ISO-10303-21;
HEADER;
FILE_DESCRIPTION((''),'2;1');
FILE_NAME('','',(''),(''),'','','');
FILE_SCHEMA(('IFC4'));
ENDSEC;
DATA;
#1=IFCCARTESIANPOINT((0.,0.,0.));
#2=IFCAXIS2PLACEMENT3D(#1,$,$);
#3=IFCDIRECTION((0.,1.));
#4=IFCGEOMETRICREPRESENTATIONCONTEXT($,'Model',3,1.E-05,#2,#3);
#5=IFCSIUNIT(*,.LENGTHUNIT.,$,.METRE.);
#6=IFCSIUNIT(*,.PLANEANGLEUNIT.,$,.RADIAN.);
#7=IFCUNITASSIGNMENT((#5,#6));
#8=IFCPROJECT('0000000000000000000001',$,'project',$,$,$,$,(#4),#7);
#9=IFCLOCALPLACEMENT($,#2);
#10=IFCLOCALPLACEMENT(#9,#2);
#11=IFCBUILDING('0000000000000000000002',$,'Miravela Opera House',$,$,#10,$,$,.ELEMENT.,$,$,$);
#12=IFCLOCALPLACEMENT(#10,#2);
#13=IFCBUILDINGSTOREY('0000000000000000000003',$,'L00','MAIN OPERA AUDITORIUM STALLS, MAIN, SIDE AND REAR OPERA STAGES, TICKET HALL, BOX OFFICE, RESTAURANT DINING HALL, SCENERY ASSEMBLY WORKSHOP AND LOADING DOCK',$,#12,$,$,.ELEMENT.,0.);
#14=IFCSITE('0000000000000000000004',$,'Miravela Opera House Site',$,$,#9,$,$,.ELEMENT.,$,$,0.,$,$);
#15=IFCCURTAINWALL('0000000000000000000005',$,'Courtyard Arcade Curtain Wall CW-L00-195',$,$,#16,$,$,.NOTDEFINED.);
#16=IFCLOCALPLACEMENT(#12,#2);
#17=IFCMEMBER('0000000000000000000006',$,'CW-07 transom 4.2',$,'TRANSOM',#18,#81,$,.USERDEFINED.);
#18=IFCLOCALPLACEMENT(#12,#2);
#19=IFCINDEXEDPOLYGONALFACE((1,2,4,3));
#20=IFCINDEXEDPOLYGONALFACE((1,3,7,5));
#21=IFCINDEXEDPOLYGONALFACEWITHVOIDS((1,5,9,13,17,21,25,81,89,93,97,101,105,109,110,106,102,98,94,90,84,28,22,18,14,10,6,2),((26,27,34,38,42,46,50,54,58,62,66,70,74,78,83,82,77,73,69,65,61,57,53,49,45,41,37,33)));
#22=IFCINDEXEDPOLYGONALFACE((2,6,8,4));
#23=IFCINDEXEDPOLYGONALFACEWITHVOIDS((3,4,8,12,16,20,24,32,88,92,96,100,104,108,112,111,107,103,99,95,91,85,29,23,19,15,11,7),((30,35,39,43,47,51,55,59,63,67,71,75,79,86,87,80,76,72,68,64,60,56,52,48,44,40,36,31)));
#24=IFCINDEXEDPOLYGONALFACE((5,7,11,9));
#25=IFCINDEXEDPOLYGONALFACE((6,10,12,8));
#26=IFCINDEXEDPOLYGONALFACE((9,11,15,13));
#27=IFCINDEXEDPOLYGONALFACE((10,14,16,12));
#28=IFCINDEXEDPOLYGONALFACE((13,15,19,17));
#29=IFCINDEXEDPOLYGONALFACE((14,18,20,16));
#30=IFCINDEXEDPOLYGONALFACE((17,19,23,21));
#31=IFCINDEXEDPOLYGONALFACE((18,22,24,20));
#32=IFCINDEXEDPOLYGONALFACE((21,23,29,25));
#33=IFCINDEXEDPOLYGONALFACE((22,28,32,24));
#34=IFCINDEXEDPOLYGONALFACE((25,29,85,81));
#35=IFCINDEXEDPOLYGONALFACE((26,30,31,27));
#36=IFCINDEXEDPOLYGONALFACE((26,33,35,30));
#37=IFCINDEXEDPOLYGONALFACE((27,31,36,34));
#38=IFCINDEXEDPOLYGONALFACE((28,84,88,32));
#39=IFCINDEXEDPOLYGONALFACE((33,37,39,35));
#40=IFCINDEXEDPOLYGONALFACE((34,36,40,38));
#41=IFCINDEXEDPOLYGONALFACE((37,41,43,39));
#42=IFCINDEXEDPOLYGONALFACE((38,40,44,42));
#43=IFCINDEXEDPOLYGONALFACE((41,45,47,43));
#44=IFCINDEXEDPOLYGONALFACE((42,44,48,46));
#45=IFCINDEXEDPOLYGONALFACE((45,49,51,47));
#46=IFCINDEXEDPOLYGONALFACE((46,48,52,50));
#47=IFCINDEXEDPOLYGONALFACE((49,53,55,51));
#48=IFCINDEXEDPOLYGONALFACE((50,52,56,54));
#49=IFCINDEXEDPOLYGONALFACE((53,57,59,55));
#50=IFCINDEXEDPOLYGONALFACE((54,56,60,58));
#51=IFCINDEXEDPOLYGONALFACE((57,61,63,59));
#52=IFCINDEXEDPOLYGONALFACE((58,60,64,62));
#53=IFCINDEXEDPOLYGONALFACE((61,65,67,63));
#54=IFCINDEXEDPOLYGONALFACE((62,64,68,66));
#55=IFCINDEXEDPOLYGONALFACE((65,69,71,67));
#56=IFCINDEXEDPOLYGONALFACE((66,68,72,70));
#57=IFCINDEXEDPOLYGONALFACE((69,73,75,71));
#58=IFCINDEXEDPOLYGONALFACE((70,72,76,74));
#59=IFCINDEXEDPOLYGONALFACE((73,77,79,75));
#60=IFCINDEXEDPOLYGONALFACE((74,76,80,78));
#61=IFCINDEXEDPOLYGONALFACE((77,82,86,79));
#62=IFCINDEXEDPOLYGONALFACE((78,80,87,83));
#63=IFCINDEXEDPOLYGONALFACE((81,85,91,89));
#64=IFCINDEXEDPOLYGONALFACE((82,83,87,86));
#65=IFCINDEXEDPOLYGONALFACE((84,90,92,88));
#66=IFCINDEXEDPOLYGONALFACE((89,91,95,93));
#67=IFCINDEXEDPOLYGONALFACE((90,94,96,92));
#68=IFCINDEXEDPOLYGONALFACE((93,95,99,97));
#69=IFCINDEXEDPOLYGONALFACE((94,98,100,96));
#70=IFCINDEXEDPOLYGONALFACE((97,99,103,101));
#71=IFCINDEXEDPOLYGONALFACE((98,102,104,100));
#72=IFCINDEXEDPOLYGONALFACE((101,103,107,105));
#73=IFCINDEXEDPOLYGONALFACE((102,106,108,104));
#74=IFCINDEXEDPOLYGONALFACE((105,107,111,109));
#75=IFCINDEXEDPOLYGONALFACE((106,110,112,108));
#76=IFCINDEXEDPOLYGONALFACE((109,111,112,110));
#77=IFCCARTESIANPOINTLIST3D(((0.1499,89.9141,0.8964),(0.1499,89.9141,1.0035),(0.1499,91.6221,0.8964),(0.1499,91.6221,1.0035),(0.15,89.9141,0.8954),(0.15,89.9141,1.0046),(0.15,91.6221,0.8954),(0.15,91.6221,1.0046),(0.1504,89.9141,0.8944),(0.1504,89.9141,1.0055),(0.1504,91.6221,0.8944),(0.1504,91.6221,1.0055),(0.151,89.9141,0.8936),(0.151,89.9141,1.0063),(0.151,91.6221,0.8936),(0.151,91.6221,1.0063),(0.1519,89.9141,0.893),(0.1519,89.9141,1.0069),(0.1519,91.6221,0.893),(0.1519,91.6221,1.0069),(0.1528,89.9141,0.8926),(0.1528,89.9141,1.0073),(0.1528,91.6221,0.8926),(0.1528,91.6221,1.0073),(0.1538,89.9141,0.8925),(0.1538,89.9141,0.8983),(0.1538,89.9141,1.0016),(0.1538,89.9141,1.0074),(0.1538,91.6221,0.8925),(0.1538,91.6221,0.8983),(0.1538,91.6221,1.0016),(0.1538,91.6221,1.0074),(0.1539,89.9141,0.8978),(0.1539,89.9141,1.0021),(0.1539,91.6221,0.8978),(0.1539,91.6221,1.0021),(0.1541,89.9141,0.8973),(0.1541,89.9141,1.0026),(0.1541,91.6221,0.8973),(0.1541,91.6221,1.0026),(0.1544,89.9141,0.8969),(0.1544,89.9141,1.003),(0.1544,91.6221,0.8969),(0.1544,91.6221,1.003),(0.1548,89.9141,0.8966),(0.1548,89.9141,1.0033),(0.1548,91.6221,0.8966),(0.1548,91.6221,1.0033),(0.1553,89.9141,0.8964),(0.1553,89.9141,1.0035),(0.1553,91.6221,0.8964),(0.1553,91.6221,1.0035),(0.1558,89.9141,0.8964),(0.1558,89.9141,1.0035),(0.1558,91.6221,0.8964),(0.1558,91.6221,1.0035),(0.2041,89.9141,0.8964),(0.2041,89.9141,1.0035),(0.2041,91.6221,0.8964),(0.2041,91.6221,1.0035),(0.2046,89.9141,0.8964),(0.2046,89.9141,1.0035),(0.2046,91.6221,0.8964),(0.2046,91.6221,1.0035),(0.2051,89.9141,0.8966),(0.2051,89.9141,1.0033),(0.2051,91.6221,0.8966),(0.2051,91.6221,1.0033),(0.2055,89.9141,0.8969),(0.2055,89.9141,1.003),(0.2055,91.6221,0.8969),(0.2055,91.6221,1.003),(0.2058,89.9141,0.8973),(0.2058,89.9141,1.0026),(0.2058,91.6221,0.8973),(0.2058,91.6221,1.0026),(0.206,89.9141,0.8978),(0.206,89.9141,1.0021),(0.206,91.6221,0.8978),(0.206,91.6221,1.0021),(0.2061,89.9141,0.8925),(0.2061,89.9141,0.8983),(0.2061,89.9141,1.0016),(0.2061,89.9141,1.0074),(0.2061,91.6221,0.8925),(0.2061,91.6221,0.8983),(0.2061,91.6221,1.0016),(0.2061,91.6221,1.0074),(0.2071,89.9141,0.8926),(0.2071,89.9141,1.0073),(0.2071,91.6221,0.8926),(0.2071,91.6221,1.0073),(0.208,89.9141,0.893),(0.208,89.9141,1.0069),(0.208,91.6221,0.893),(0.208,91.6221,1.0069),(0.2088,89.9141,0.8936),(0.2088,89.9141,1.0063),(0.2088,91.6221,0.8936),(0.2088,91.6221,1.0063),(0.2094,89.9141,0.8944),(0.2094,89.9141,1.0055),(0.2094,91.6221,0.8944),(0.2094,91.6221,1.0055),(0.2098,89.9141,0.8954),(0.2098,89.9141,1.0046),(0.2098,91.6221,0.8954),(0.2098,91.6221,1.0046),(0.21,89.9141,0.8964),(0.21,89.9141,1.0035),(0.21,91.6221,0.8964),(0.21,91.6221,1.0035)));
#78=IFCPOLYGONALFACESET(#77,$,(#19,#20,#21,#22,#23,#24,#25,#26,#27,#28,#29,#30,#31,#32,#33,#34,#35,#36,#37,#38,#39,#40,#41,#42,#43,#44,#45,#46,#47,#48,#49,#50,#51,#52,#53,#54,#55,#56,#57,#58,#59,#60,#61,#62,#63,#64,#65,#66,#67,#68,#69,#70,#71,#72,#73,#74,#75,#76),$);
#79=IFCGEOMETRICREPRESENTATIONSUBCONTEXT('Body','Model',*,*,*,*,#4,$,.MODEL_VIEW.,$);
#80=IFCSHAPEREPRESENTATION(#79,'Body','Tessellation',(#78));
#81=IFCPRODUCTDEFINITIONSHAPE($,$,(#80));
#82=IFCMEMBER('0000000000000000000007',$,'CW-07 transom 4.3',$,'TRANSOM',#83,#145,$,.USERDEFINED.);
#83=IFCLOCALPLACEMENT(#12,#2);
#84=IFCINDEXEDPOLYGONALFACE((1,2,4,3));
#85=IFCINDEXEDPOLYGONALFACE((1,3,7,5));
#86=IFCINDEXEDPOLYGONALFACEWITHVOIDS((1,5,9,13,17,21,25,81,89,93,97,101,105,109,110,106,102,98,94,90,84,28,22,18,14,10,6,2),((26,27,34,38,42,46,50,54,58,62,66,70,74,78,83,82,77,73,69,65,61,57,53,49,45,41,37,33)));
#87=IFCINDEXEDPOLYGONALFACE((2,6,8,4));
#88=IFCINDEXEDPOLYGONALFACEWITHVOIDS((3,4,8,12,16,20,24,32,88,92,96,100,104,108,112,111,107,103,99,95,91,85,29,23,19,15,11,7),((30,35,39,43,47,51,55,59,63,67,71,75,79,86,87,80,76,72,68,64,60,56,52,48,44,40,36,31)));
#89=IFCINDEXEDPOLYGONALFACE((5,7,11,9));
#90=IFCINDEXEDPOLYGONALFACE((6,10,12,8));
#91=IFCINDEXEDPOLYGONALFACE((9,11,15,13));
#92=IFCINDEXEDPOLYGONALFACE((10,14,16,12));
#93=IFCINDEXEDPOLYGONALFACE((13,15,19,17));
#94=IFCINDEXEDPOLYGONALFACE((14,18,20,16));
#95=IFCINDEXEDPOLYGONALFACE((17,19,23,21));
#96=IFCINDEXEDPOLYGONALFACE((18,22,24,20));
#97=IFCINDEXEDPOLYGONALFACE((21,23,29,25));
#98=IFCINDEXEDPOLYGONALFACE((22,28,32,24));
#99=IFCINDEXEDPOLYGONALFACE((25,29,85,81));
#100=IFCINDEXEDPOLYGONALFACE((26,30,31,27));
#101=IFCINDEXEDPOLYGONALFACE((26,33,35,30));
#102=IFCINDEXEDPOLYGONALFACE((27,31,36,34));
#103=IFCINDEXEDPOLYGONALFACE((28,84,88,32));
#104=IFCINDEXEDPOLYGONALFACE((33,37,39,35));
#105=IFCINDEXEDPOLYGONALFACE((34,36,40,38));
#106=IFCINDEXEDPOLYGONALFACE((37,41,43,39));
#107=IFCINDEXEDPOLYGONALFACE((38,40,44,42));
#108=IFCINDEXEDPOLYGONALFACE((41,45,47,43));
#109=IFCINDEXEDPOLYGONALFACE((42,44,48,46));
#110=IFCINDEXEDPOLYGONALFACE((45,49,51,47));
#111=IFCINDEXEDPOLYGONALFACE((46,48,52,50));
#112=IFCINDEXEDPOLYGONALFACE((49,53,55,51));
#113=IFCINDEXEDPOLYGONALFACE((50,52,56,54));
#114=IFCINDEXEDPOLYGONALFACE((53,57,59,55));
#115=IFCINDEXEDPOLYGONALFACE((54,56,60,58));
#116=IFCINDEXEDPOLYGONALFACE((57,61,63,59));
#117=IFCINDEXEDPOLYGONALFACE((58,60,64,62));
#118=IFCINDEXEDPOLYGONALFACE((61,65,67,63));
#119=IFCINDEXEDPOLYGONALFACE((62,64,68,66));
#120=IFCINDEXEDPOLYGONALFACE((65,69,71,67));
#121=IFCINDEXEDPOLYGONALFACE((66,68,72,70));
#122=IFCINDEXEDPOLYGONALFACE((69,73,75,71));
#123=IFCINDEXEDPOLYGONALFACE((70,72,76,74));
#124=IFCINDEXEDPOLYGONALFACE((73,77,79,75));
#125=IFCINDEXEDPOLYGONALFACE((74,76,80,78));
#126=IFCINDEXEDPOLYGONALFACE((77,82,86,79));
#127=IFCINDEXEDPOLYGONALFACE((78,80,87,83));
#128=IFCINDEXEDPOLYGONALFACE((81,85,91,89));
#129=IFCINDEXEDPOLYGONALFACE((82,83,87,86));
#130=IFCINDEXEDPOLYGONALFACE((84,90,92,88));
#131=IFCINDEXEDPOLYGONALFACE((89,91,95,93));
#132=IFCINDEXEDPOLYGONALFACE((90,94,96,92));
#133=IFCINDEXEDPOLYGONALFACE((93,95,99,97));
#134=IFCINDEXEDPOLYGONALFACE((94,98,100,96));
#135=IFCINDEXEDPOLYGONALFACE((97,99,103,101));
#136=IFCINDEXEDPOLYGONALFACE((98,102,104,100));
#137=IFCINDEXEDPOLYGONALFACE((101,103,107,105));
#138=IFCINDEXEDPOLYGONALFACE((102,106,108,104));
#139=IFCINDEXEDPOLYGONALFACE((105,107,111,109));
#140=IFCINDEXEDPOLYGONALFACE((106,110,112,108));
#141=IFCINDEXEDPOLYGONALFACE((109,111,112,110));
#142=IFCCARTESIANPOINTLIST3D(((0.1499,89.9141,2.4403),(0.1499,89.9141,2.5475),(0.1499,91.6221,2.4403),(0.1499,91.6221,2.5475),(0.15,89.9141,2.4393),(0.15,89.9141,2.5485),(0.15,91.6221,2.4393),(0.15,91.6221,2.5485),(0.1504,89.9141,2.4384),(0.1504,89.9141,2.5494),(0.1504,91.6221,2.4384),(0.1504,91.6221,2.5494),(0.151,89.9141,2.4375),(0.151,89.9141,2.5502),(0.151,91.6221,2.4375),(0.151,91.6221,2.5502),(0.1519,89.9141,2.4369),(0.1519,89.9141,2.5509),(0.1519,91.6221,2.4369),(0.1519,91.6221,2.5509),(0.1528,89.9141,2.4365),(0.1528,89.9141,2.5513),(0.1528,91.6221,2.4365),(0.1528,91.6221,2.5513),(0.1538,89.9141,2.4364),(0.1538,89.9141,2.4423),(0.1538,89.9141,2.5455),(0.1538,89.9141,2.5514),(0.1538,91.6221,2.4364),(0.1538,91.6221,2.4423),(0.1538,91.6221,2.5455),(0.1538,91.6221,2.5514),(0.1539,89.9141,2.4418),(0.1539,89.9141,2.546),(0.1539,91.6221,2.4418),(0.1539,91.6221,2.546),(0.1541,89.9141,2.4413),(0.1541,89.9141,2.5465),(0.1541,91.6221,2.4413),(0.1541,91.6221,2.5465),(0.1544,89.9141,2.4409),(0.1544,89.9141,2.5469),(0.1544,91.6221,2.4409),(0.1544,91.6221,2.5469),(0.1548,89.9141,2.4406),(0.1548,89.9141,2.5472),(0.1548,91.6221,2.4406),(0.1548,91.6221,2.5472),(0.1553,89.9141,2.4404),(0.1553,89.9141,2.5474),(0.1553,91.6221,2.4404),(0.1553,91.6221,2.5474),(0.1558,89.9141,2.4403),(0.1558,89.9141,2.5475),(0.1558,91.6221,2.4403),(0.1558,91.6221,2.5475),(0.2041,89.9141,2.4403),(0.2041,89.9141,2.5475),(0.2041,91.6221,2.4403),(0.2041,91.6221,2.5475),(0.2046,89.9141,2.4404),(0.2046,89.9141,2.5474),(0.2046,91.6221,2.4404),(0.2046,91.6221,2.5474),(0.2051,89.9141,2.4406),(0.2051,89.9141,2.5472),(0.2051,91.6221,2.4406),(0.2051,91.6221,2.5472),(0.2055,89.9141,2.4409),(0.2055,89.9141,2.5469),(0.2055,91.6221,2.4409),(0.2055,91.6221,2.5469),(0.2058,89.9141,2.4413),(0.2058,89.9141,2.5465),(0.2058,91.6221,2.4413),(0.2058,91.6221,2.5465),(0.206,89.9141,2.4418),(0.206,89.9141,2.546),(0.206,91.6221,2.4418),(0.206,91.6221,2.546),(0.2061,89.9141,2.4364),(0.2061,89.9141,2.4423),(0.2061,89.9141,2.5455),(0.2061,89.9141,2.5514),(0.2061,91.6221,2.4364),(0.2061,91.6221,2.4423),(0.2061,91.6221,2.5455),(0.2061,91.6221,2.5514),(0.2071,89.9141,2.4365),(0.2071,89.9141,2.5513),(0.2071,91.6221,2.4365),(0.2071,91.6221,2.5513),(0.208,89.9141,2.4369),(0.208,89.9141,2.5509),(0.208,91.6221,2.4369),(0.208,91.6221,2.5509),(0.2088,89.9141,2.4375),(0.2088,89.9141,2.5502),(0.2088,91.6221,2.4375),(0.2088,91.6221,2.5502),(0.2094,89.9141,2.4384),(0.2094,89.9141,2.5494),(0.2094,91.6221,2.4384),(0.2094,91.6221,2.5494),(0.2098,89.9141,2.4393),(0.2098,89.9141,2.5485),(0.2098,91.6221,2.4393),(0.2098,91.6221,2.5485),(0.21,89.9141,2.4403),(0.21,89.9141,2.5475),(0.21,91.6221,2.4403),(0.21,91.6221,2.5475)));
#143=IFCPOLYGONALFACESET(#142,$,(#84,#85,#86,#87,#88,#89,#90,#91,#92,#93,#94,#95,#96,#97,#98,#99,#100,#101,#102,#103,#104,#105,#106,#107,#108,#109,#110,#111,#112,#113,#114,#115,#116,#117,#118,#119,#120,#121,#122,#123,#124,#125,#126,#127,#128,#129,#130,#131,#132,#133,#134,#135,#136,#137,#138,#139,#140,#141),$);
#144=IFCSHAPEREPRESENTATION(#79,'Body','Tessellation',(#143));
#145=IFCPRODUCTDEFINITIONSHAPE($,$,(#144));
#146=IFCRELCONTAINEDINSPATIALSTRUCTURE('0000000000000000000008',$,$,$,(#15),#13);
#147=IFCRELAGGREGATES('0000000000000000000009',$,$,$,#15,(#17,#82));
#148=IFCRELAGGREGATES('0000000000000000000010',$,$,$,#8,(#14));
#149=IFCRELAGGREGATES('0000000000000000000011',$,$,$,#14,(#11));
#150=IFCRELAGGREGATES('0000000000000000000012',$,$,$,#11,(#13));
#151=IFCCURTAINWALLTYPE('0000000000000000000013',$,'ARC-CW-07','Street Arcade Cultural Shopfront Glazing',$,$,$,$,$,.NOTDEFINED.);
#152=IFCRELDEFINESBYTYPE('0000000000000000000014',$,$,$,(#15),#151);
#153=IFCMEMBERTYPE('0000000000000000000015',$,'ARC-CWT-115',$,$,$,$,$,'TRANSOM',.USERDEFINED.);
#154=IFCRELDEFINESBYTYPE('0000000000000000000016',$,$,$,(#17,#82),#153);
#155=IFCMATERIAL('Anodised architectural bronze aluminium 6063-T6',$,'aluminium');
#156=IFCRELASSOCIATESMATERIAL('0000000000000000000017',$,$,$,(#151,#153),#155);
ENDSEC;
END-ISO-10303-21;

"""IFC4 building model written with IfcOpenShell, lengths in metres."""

from ifc_helpers import new_model, si_unit, direction, frame, origin, origin_2d, place, context, subcontext, project, spatial, hollow_rectangle, extrude, material, material_profile, profile_set, type_object, element, aggregate, save


model = new_model("IFC4")

# Units and contexts
model_context = context("Model", 3, precision=1e-05, world=origin(), true_north=direction((0.0, 1.0)))
body_context = subcontext(model_context, "Body", "Model", "MODEL_VIEW")
ifc_project = project(units=[si_unit("LENGTHUNIT", "METRE"), si_unit("PLANEANGLEUNIT", "RADIAN")], contexts=[model_context])

# Site, building, storey
site_placement = place(None, origin())
site = spatial("IfcSite", under=ifc_project, at=site_placement, Name="Miravela Opera House Site", CompositionType="ELEMENT", RefElevation=0.0)
building_placement = place(site_placement, origin())
building = spatial("IfcBuilding", under=site, at=building_placement, Name="Miravela Opera House", CompositionType="ELEMENT")
storey_placement = place(building_placement, origin())
storey = spatial("IfcBuildingStorey", under=building, at=storey_placement, Name="L00", Description="MAIN OPERA AUDITORIUM STALLS, MAIN, SIDE AND REAR OPERA STAGES, TICKET HALL, BOX OFFICE, RESTAURANT DINING HALL, SCENERY ASSEMBLY WORKSHOP AND LOADING DOCK", CompositionType="ELEMENT", Elevation=0.0)

# Curtain wall, members
ifc_material_1 = material(Name="Anodised architectural bronze aluminium 6063-T6", Category="aluminium")
curtain_wall_type = type_object("IfcCurtainWallType", Name="ARC-CW-07", Description="Street Arcade Cultural Shopfront Glazing", PredefinedType="NOTDEFINED", material=ifc_material_1)
curtain_wall_placement = place(storey_placement, origin())
curtain_wall = element("IfcCurtainWall", 1, at=curtain_wall_placement, inside=storey, type_object=curtain_wall_type, Name="Courtyard Arcade Curtain Wall CW-L00-195", PredefinedType="NOTDEFINED")
ifc_material_profile_1 = material_profile(ifc_material_1, hollow_rectangle(XDim=0.0601, YDim=0.115, WallThickness=0.0039, InnerFilletRadius=0.002, OuterFilletRadius=0.0039, at=origin_2d()), Name="CWT-60X115")
ifc_profile_set_1 = profile_set([ifc_material_profile_1])
member_type_1 = type_object("IfcMemberType", Name="ARC-CWT-115", ElementType="TRANSOM", PredefinedType="USERDEFINED", material=ifc_profile_set_1)
member_1_placement = place(storey_placement, frame((0.1799, 89.9141, 0.95), z_axis=(0.0, 1.0, 0.0), x_axis=(-1.0, 0.0, 0.0)))
member_1 = element("IfcMember", 2, at=member_1_placement, type_object=member_type_1, Name="CW-07 transom 4.2", ObjectType="TRANSOM", PredefinedType="USERDEFINED", context=body_context, shape_type="SweptSolid", body=[
    extrude(hollow_rectangle(XDim=0.0601, YDim=0.115, WallThickness=0.0039, InnerFilletRadius=0.002, OuterFilletRadius=0.0039, at=origin_2d()), origin(), (0.0, 0.0, 1.0), 1.708),
])
member_2_placement = place(storey_placement, frame((0.1799, 89.9141, 2.4939), z_axis=(0.0, 1.0, 0.0), x_axis=(-1.0, 0.0, 0.0)))
member_2 = element("IfcMember", 3, at=member_2_placement, type_object=member_type_1, Name="CW-07 transom 4.3", ObjectType="TRANSOM", PredefinedType="USERDEFINED", context=body_context, shape_type="SweptSolid", body=[
    extrude(hollow_rectangle(XDim=0.0601, YDim=0.115, WallThickness=0.0039, InnerFilletRadius=0.002, OuterFilletRadius=0.0039, at=origin_2d()), origin(), (0.0, 0.0, 1.0), 1.708),
])

aggregate(curtain_wall, [member_1, member_2])

save(model, "model.ifc")
